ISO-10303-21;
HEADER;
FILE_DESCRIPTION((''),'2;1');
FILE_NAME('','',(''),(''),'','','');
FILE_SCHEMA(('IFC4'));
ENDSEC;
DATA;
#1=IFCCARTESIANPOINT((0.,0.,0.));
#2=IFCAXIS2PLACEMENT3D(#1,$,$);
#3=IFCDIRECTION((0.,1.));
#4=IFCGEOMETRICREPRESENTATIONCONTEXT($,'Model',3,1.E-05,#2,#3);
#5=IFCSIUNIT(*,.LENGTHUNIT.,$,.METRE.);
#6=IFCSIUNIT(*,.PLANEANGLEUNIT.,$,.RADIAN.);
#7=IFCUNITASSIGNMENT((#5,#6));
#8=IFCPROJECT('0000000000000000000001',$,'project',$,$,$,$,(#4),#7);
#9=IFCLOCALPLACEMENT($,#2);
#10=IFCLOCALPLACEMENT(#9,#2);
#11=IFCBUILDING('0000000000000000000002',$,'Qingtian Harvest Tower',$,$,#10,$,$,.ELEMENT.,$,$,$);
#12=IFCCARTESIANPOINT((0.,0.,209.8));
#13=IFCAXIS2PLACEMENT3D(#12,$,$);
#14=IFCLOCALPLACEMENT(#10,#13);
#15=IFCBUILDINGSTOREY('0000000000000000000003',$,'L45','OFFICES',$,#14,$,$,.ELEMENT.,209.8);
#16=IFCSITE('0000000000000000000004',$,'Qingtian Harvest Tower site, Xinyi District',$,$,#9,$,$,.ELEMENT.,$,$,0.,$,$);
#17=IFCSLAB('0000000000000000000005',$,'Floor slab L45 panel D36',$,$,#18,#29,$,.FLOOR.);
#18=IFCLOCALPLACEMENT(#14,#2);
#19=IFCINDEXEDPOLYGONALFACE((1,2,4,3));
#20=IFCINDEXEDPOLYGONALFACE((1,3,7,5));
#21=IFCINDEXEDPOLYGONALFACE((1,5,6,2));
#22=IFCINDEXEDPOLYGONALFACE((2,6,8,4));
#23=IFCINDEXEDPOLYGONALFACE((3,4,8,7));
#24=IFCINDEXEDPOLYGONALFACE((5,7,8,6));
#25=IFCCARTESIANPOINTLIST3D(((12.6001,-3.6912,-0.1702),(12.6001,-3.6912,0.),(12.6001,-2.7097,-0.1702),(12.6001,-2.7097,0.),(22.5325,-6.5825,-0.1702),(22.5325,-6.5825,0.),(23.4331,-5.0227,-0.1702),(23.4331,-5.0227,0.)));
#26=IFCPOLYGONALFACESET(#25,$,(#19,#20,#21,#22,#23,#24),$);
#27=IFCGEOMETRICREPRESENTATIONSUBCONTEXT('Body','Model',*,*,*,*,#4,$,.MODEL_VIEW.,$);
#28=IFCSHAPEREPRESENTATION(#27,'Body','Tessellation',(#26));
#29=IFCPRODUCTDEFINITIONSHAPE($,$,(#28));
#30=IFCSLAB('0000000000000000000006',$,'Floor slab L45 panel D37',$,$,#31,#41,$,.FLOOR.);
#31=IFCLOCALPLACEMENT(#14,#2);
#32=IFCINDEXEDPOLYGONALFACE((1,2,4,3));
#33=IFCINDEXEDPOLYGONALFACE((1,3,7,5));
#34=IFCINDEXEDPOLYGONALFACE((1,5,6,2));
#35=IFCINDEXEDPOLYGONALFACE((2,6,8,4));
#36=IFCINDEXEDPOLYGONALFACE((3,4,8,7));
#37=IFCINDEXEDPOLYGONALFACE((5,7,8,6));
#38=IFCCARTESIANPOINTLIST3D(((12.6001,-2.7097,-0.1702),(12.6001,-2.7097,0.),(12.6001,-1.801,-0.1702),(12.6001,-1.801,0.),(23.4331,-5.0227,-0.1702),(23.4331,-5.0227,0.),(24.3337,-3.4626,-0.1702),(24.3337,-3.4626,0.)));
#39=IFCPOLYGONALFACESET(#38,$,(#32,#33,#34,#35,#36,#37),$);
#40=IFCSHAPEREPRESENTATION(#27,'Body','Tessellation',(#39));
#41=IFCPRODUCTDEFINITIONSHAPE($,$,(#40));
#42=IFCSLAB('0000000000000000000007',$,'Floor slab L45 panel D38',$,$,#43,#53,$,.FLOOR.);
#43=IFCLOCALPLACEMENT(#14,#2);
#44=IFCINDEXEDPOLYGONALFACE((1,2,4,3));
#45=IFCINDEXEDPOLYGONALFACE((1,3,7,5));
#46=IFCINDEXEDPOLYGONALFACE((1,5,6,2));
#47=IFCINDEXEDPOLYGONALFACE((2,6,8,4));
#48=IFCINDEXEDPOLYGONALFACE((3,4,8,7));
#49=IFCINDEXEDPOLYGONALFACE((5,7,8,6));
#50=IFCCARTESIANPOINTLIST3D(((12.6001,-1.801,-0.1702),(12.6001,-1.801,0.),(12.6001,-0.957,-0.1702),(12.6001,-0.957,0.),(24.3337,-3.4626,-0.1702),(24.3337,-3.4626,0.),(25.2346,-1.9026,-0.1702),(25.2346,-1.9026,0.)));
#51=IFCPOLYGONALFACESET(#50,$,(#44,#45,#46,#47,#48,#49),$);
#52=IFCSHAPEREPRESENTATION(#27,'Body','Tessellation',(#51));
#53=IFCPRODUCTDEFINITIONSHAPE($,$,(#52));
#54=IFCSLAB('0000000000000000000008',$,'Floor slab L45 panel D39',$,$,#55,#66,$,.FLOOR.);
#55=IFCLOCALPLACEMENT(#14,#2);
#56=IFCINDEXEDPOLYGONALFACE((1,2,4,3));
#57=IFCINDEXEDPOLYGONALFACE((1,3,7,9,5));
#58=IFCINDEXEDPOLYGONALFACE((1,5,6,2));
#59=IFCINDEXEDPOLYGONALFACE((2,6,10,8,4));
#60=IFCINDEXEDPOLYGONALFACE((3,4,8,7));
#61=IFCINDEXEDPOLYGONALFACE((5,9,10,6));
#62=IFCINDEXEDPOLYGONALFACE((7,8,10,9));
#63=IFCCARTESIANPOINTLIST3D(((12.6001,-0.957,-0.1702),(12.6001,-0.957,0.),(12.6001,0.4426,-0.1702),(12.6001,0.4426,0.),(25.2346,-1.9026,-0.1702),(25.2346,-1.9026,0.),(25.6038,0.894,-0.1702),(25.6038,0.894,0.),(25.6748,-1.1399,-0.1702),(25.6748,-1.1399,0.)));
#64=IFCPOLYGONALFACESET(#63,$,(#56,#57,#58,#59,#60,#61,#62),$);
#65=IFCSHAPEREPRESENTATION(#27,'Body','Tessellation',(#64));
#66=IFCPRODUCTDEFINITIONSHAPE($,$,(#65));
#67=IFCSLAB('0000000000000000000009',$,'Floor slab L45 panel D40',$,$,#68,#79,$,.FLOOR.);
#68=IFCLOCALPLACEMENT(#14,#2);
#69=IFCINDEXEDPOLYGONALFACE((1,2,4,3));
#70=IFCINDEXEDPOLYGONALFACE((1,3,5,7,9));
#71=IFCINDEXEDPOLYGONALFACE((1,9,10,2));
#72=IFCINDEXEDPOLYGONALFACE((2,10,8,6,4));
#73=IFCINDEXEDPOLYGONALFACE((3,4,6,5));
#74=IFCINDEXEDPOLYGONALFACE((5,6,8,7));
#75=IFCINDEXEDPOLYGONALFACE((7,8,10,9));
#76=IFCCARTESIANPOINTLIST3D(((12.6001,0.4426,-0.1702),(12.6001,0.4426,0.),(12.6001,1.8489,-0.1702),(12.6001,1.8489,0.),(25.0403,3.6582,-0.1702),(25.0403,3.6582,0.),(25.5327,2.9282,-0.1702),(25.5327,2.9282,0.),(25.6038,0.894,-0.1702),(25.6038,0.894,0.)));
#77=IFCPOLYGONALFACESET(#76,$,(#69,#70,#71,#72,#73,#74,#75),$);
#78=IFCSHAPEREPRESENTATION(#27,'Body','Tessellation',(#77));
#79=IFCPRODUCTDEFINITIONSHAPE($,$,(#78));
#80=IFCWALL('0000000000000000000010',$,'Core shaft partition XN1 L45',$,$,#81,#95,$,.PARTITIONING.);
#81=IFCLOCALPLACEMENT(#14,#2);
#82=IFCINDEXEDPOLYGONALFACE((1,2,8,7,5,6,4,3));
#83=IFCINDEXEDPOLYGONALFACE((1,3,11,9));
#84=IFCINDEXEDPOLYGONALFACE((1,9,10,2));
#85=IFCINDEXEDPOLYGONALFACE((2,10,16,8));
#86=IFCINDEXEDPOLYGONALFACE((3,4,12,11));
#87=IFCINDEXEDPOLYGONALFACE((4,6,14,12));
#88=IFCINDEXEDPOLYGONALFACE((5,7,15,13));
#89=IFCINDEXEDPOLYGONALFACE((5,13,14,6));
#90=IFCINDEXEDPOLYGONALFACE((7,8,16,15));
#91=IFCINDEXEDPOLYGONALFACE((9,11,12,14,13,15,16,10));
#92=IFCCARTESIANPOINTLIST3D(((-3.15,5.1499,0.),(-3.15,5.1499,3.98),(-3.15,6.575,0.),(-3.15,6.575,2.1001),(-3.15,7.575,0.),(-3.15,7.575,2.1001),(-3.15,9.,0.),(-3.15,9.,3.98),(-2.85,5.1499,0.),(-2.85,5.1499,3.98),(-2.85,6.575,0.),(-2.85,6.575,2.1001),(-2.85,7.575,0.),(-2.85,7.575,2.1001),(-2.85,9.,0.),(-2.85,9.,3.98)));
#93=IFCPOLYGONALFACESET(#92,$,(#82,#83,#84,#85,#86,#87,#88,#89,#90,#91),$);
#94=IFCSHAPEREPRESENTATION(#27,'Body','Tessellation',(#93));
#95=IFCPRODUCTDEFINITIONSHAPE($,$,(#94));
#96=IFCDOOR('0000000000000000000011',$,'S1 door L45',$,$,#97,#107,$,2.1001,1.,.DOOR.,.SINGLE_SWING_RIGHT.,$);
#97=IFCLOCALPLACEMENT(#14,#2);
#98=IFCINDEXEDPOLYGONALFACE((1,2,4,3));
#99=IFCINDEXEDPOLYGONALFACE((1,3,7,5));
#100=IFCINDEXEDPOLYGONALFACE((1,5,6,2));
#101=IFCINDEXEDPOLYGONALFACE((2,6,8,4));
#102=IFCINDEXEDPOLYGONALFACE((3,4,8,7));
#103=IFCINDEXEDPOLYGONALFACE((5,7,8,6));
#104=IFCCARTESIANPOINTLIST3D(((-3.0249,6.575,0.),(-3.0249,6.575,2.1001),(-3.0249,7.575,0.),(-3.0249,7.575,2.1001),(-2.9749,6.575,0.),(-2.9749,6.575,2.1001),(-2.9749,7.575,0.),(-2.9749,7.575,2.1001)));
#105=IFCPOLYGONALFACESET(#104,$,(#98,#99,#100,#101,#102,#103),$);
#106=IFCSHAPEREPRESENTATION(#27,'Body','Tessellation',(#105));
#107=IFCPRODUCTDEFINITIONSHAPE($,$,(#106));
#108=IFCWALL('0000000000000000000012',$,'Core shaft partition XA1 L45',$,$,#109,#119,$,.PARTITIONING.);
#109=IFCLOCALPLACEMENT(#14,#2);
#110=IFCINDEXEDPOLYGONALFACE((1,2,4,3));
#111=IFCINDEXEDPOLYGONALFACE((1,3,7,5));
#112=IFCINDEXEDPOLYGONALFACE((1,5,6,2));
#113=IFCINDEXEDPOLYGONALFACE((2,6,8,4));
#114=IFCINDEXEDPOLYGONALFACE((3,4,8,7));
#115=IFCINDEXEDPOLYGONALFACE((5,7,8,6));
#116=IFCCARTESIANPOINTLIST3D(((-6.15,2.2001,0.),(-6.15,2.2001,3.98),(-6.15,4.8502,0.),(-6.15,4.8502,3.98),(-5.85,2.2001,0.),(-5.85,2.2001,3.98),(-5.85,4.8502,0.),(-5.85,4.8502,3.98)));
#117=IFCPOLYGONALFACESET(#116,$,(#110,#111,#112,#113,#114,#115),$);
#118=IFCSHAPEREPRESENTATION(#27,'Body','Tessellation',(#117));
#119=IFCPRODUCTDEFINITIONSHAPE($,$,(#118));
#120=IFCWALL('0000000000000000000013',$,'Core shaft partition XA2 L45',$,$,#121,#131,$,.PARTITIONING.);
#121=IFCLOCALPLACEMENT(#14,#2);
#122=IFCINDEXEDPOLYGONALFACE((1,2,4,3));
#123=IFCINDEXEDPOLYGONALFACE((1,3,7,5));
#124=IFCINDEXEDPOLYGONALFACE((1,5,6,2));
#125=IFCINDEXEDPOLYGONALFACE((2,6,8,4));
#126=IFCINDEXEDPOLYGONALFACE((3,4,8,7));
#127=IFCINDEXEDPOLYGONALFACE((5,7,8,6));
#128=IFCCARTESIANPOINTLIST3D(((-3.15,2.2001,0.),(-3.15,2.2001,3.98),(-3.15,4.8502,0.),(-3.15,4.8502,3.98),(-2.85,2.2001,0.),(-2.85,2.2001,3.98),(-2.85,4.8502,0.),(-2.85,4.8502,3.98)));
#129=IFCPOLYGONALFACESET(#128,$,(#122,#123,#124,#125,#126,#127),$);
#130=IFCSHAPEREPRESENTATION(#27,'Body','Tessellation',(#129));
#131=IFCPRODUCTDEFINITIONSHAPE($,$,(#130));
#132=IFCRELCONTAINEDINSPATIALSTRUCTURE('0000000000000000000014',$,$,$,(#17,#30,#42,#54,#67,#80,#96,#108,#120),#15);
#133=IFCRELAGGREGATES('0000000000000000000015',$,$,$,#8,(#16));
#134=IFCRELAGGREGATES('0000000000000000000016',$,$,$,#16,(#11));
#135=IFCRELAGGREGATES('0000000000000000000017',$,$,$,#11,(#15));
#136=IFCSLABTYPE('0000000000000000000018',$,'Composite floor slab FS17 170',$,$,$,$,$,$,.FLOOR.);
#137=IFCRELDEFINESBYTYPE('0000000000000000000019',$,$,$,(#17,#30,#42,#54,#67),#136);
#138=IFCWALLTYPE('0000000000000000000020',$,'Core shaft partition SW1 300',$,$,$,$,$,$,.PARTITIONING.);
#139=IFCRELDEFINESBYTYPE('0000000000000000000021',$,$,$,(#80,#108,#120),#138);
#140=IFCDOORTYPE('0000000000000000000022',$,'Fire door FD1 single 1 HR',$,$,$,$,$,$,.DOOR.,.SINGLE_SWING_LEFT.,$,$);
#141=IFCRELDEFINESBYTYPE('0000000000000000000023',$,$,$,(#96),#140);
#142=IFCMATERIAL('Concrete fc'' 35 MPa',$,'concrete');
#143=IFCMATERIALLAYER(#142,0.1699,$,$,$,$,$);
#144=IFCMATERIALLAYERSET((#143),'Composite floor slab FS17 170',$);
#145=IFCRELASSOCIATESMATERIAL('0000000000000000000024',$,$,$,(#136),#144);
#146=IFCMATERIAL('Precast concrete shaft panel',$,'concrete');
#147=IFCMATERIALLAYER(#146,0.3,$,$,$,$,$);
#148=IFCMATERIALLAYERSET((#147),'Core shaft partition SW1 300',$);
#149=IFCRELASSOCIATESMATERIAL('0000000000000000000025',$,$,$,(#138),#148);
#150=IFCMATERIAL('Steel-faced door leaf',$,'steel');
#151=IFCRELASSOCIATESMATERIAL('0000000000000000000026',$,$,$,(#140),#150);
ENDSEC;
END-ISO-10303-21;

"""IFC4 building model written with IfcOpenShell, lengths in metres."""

from ifc_helpers import new_model, si_unit, direction, frame, frame_2d, origin, place, context, subcontext, project, spatial, polyline, rectangle, outline, extrude, material, layer, layer_set, type_object, element, fill, save


model = new_model("IFC4")

# Units and contexts
model_context = context("Model", 3, precision=1e-05, world=origin(), true_north=direction((0.0, 1.0)))
body_context = subcontext(model_context, "Body", "Model", "MODEL_VIEW")
ifc_project = project(units=[si_unit("LENGTHUNIT", "METRE"), si_unit("PLANEANGLEUNIT", "RADIAN")], contexts=[model_context])

# Site, building, storey
site_placement = place(None, origin())
site = spatial("IfcSite", under=ifc_project, at=site_placement, Name="Qingtian Harvest Tower site, Xinyi District", CompositionType="ELEMENT", RefElevation=0.0)
building_placement = place(site_placement, origin())
building = spatial("IfcBuilding", under=site, at=building_placement, Name="Qingtian Harvest Tower", CompositionType="ELEMENT")
storey_placement = place(building_placement, frame((0.0, 0.0, 209.8)))
storey = spatial("IfcBuildingStorey", under=building, at=storey_placement, Name="L45", Description="OFFICES", CompositionType="ELEMENT", Elevation=209.8)

# Slabs
ifc_material_1 = material(Name="Concrete fc' 35 MPa", Category="concrete")
ifc_layer_1 = layer(ifc_material_1, 0.1699)
ifc_layer_set_1 = layer_set([ifc_layer_1], Name="Composite floor slab FS17 170")
slab_type = type_object("IfcSlabType", Name="Composite floor slab FS17 170", PredefinedType="FLOOR", material=ifc_layer_set_1)
slab_1_placement = place(storey_placement, frame((0.0, 0.0, -0.1702)))
element("IfcSlab", 1, at=slab_1_placement, inside=storey, type_object=slab_type, Name="Floor slab L45 panel D36", PredefinedType="FLOOR", context=body_context, shape_type="SweptSolid", body=[
    extrude(outline(polyline([(12.6001, -2.7097), (23.4331, -5.0227), (22.5325, -6.5825), (12.6001, -3.6912), (12.6001, -2.7097)])), origin(), (0.0, 0.0, 1.0), 0.1702),
])
slab_2_placement = place(storey_placement, frame((0.0, 0.0, -0.1702)))
element("IfcSlab", 2, at=slab_2_placement, inside=storey, type_object=slab_type, Name="Floor slab L45 panel D37", PredefinedType="FLOOR", context=body_context, shape_type="SweptSolid", body=[
    extrude(outline(polyline([(12.6001, -1.801), (24.3337, -3.4626), (23.4331, -5.0227), (12.6001, -2.7097), (12.6001, -1.801)])), origin(), (0.0, 0.0, 1.0), 0.1702),
])
slab_3_placement = place(storey_placement, frame((0.0, 0.0, -0.1702)))
element("IfcSlab", 3, at=slab_3_placement, inside=storey, type_object=slab_type, Name="Floor slab L45 panel D38", PredefinedType="FLOOR", context=body_context, shape_type="SweptSolid", body=[
    extrude(outline(polyline([(12.6001, -0.957), (25.2346, -1.9026), (24.3337, -3.4626), (12.6001, -1.801), (12.6001, -0.957)])), origin(), (0.0, 0.0, 1.0), 0.1702),
])
slab_4_placement = place(storey_placement, frame((0.0, 0.0, -0.1702)))
element("IfcSlab", 4, at=slab_4_placement, inside=storey, type_object=slab_type, Name="Floor slab L45 panel D39", PredefinedType="FLOOR", context=body_context, shape_type="SweptSolid", body=[
    extrude(outline(polyline([(12.6001, -0.957), (12.6001, 0.4426), (25.6038, 0.894), (25.6748, -1.1399), (25.2346, -1.9026), (12.6001, -0.957)])), origin(), (0.0, 0.0, 1.0), 0.1702),
])
slab_5_placement = place(storey_placement, frame((0.0, 0.0, -0.1702)))
element("IfcSlab", 5, at=slab_5_placement, inside=storey, type_object=slab_type, Name="Floor slab L45 panel D40", PredefinedType="FLOOR", context=body_context, shape_type="SweptSolid", body=[
    extrude(outline(polyline([(12.6001, 0.4426), (12.6001, 1.8489), (25.0403, 3.6582), (25.5327, 2.9282), (25.6038, 0.894), (12.6001, 0.4426)])), origin(), (0.0, 0.0, 1.0), 0.1702),
])

# Wall, opening, door
ifc_material_2 = material(Name="Precast concrete shaft panel", Category="concrete")
ifc_layer_2 = layer(ifc_material_2, 0.3)
ifc_layer_set_2 = layer_set([ifc_layer_2], Name="Core shaft partition SW1 300")
wall_type_1 = type_object("IfcWallType", Name="Core shaft partition SW1 300", PredefinedType="PARTITIONING", material=ifc_layer_set_2)
wall_1_placement = place(storey_placement, frame((-3.0, 5.1499, 0.0), z_axis=(0.0, 0.0, 1.0), x_axis=(0.0, 1.0, 0.0)))
wall_1 = element("IfcWall", 6, at=wall_1_placement, inside=storey, type_object=wall_type_1, Name="Core shaft partition XN1 L45", PredefinedType="PARTITIONING", context=body_context, shape_type="SweptSolid", body=[
    extrude(rectangle(XDim=3.8501, YDim=0.3, at=frame_2d((1.925, 0.0))), origin(), (0.0, 0.0, 1.0), 3.98),
])
opening_1_placement = place(wall_1_placement, frame((1.425, 0.0, 0.0)))
opening_1 = element("IfcOpeningElement", 7, at=opening_1_placement, cuts=wall_1, PredefinedType="OPENING", context=body_context, shape_type="SweptSolid", body=[
    extrude(rectangle(XDim=1.0, YDim=2.1001, at=frame_2d((0.5, 1.05))), frame((0.0, 0.1599, 0.0), z_axis=(0.0, -1.0, 0.0), x_axis=(1.0, 0.0, 0.0)), (0.0, 0.0, 1.0), 0.3201),
])
ifc_material_3 = material(Name="Steel-faced door leaf", Category="steel")
door_type_1 = type_object("IfcDoorType", Name="Fire door FD1 single 1 HR", OperationType="SINGLE_SWING_LEFT", PredefinedType="DOOR", material=ifc_material_3)
door_1_placement = place(opening_1_placement, origin())
door_1 = element("IfcDoor", 8, at=door_1_placement, inside=storey, type_object=door_type_1, Name="S1 door L45", OperationType="SINGLE_SWING_RIGHT", OverallHeight=2.1001, OverallWidth=1.0, PredefinedType="DOOR", context=body_context, shape_type="SweptSolid", body=[
    extrude(rectangle(XDim=1.0, YDim=2.1001, at=frame_2d((0.5, 1.05))), frame((0.0, 0.0249, 0.0), z_axis=(0.0, -1.0, 0.0), x_axis=(1.0, 0.0, 0.0)), (0.0, 0.0, 1.0), 0.05),
])
fill(opening_1, door_1)

# Walls
for number, where, z_axis, x_axis, name in (
    (9, (-6.0, 2.2, 0.0), (0.0, 0.0, 1.0), (0.0, 1.0, 0.0), "Core shaft partition XA1 L45"),
    (10, (-3.0, 2.2, 0.0), (0.0, 0.0, 1.0), (0.0, 1.0, 0.0), "Core shaft partition XA2 L45"),
):
    element("IfcWall", number, at=place(storey_placement, frame(where, z_axis=z_axis, x_axis=x_axis)), inside=storey, type_object=wall_type_1, Name=name, PredefinedType="PARTITIONING", context=body_context, shape_type="SweptSolid", body=[
        extrude(rectangle(XDim=2.6501, YDim=0.3, at=frame_2d((1.3252, 0.0))), origin(), (0.0, 0.0, 1.0), 3.98),
    ])

save(model, "model.ifc")
